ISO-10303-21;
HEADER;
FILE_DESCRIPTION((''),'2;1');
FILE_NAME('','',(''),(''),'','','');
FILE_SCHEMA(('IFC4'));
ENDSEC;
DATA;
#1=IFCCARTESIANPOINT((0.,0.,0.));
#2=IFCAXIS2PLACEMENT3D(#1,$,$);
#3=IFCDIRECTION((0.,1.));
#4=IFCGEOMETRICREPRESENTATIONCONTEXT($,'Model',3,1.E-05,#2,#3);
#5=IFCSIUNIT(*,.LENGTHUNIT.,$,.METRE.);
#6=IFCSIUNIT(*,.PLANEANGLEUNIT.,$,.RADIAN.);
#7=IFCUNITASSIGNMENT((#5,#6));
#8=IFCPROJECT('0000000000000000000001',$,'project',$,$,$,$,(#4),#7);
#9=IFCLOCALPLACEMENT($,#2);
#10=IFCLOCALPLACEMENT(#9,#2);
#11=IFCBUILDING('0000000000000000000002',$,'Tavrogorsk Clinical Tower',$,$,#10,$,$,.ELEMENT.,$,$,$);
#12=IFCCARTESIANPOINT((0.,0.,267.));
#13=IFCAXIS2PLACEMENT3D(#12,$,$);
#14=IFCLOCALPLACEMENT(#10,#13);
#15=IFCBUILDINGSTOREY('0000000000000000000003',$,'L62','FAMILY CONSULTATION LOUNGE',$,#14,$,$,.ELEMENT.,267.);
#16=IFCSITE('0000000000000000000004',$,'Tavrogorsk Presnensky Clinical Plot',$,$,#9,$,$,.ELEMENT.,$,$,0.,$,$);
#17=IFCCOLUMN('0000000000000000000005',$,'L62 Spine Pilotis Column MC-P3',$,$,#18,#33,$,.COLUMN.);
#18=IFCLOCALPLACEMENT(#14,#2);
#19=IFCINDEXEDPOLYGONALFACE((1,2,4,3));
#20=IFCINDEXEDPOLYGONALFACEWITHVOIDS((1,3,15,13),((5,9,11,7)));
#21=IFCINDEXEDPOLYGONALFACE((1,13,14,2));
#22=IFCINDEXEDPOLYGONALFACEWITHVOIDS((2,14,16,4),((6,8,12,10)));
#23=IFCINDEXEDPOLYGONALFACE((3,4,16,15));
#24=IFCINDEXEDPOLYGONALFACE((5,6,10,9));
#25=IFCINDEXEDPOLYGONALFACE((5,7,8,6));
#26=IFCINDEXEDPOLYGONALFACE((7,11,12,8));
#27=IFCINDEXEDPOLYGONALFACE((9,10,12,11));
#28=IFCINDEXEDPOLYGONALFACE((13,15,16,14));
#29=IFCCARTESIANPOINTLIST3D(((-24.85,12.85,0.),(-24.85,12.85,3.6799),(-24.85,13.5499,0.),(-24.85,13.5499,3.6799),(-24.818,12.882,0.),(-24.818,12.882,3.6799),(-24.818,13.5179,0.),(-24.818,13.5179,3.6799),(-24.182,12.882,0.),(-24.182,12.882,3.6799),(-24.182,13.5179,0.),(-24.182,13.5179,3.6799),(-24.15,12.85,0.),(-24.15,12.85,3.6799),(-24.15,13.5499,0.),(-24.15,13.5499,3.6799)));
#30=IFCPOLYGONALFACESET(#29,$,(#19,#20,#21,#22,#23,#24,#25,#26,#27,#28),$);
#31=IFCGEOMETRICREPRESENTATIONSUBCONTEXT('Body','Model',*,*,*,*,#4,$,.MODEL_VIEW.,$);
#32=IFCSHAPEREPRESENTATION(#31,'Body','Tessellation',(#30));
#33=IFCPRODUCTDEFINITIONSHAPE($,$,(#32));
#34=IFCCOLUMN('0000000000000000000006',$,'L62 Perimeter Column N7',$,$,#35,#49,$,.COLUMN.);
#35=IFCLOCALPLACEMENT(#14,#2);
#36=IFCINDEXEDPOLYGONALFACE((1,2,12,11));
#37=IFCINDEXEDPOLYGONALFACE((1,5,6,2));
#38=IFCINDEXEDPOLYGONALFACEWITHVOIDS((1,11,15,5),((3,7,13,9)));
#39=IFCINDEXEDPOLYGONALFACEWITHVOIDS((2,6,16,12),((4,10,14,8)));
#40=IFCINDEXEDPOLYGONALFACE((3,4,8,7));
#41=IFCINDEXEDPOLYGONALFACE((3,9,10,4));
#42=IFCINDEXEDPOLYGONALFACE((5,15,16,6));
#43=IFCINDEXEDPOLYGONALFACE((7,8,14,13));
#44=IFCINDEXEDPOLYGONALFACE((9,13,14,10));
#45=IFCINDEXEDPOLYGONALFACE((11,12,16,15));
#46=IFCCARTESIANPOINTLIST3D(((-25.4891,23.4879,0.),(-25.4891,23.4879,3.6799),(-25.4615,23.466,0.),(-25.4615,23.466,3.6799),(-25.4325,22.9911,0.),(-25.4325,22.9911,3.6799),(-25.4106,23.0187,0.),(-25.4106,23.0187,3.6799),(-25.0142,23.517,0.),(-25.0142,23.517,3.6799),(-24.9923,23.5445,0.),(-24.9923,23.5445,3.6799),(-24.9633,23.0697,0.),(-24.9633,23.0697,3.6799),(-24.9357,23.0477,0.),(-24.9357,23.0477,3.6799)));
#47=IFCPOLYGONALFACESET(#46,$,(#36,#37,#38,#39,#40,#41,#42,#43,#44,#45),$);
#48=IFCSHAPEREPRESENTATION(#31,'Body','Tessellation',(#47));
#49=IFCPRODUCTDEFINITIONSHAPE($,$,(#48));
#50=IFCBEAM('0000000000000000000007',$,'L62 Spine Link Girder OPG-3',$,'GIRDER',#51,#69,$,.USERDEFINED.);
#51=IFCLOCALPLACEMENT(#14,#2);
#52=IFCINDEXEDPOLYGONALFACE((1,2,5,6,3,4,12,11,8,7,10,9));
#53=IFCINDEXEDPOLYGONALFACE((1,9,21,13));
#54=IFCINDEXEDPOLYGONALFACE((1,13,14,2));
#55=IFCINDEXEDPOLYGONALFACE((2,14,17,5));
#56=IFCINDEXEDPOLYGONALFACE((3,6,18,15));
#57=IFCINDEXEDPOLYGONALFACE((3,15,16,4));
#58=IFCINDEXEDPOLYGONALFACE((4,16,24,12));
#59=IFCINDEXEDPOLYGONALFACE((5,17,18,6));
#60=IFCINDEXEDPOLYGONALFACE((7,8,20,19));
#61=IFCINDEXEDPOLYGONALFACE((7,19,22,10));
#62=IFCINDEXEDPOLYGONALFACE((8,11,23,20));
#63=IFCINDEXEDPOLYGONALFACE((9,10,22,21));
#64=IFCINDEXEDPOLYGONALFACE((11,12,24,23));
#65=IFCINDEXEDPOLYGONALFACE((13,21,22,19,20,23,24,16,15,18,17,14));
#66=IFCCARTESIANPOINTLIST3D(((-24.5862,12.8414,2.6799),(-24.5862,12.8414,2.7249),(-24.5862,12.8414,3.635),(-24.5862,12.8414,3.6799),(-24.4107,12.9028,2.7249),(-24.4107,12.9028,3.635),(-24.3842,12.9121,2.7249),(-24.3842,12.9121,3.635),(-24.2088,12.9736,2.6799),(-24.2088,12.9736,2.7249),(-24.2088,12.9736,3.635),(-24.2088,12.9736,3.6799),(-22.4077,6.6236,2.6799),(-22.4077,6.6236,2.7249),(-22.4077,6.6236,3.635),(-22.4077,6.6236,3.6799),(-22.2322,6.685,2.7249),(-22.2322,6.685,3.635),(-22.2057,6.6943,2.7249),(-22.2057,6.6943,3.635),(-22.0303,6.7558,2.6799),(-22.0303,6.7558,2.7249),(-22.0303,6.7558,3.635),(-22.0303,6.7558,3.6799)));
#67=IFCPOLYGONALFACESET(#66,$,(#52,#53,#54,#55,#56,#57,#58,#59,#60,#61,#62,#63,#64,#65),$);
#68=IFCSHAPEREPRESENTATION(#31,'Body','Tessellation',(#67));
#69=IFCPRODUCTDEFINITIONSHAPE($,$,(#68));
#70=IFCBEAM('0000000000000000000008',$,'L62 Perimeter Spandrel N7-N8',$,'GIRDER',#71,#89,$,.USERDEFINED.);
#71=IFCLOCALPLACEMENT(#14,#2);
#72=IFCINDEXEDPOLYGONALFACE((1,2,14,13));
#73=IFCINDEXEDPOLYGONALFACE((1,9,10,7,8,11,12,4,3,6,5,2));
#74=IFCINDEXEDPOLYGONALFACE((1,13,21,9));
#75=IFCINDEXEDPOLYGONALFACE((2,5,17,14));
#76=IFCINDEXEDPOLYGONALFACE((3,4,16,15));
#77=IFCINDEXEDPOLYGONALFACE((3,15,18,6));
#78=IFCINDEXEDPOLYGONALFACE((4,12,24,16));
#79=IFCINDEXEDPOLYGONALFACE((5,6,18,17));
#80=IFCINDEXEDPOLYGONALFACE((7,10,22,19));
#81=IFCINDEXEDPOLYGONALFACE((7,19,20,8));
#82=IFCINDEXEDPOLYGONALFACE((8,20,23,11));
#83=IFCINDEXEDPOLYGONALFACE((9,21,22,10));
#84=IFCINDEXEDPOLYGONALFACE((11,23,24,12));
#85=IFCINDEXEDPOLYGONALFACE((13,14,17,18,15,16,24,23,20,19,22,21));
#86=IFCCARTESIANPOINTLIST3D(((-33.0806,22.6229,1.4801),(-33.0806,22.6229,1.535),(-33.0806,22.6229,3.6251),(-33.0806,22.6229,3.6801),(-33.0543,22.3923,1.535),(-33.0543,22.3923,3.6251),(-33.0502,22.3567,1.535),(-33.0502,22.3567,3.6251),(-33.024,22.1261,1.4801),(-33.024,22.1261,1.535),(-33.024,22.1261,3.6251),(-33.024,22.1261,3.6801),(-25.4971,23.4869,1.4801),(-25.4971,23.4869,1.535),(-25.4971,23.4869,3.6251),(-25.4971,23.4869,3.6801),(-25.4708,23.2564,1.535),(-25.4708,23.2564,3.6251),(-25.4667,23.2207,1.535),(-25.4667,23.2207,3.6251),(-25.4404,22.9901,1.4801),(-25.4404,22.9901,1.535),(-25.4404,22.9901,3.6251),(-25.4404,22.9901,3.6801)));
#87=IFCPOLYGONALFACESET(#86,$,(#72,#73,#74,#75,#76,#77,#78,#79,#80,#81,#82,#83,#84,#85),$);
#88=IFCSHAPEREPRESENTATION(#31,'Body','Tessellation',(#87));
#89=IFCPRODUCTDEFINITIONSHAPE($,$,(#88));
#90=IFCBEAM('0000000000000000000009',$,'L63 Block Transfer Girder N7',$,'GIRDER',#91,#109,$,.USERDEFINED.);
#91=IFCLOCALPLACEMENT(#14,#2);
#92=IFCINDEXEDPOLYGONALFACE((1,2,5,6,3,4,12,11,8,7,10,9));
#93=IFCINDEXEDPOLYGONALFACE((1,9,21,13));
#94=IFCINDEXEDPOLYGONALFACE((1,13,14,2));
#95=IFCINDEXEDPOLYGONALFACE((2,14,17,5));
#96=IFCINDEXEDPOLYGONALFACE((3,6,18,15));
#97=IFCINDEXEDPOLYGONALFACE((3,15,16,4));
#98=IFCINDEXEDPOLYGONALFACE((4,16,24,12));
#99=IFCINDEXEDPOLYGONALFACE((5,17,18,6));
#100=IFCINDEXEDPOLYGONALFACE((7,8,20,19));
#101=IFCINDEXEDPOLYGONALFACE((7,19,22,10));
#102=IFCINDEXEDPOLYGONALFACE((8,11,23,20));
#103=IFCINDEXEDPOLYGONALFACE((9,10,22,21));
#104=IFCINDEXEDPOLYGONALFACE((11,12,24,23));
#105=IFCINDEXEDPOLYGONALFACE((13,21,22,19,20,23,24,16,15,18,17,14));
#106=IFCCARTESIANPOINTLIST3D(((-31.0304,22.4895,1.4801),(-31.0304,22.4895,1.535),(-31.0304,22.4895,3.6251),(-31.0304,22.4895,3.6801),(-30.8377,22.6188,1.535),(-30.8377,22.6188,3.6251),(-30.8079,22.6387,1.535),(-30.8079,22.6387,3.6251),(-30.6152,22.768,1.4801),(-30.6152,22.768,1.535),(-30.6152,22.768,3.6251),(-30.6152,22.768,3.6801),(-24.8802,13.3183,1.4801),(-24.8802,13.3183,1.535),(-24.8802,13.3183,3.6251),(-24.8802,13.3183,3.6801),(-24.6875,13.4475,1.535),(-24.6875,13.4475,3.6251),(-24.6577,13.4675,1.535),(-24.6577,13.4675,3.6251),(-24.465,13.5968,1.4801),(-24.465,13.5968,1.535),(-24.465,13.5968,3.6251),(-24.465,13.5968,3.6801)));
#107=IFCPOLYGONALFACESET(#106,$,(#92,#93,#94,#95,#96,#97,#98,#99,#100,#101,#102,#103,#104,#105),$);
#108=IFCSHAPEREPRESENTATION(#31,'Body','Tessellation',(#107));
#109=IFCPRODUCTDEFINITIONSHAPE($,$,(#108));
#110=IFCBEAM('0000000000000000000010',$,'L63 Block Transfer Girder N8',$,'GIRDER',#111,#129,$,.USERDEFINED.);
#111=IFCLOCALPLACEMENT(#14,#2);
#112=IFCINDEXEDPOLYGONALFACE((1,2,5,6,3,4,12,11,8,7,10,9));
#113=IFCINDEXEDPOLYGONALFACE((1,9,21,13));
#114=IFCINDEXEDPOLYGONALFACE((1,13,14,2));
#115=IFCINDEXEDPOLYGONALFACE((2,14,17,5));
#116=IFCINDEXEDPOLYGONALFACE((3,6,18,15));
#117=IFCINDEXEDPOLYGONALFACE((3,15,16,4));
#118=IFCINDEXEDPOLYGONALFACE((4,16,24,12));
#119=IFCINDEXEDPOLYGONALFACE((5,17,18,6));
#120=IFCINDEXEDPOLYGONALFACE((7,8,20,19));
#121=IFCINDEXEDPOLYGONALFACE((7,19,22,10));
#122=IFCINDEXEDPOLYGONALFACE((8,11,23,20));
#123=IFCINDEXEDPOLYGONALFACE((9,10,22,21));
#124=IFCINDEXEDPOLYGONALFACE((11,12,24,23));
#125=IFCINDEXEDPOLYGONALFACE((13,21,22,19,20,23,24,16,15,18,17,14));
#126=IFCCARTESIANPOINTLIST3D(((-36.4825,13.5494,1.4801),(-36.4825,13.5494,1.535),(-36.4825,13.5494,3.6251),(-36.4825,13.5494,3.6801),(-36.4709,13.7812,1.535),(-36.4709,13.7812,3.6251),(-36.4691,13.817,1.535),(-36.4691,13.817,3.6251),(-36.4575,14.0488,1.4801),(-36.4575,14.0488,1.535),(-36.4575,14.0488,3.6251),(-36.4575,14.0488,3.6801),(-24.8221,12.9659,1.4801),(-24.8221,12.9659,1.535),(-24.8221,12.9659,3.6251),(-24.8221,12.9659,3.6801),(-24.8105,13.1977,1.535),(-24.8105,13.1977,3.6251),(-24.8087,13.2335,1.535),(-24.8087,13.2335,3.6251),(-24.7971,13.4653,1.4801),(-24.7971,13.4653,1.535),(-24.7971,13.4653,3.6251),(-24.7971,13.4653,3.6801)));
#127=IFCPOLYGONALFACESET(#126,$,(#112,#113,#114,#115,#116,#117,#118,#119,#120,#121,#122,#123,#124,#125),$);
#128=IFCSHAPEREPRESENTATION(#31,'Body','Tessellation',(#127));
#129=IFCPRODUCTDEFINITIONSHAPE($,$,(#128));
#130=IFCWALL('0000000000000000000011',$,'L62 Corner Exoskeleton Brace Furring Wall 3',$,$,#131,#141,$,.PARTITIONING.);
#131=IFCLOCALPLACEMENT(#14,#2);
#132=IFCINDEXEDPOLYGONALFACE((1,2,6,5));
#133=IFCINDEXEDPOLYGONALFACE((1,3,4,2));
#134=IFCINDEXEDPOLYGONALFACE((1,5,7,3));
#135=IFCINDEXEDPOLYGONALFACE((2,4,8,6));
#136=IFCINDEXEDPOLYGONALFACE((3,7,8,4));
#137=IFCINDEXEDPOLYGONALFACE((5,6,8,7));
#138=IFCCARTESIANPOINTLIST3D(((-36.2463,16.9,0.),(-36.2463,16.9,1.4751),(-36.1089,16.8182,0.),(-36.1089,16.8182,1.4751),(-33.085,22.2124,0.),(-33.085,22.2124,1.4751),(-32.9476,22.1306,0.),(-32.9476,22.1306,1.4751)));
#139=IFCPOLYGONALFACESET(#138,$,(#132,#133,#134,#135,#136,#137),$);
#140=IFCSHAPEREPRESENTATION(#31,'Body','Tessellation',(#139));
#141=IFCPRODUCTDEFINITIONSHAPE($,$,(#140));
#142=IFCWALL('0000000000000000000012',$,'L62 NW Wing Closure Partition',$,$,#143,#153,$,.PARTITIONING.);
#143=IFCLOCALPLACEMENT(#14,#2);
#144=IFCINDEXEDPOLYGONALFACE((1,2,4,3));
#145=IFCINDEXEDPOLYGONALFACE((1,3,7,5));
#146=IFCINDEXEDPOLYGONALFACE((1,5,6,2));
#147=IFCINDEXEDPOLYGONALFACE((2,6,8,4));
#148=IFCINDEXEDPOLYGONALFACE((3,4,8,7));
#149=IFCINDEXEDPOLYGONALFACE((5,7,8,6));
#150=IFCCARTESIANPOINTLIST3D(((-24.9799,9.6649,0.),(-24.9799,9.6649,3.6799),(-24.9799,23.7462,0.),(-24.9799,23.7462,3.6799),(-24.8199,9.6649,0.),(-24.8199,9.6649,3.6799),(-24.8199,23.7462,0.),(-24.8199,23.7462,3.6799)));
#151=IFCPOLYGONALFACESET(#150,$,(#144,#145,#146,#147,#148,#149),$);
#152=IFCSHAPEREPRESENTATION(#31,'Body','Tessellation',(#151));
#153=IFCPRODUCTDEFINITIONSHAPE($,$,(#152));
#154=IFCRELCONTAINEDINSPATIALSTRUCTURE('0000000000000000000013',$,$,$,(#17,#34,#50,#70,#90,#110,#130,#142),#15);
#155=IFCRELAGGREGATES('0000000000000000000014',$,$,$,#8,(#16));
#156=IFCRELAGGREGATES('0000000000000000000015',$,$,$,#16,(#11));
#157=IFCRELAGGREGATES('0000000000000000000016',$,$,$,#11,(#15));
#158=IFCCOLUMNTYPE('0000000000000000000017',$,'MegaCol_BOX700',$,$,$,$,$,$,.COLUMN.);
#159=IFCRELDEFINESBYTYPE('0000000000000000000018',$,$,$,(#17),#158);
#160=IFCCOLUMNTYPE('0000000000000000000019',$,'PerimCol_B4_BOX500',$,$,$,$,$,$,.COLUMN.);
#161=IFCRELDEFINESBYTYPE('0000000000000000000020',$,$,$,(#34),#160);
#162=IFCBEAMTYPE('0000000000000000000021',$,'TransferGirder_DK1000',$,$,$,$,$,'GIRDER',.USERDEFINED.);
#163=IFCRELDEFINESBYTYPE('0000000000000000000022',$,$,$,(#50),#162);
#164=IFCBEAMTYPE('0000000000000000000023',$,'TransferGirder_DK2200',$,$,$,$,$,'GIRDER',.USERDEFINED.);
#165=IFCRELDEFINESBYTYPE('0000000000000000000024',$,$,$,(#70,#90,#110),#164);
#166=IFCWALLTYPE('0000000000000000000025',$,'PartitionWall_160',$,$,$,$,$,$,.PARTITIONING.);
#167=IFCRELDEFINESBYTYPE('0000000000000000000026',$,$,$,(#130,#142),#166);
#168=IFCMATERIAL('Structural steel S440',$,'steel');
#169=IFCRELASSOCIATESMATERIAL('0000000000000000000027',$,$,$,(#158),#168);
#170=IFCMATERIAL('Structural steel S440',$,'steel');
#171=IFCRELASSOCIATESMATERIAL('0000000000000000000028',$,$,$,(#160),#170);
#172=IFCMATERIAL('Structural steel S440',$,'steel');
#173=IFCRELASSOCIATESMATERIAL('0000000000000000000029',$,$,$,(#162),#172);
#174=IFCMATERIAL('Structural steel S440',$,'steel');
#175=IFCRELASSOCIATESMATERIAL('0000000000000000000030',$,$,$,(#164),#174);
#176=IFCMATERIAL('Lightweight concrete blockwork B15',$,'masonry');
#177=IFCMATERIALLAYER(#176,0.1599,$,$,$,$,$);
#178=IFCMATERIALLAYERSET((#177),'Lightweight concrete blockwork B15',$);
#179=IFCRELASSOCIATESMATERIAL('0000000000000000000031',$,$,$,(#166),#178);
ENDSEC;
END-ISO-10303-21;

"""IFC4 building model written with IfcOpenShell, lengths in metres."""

from ifc_helpers import new_model, si_unit, direction, frame, frame_2d, origin, origin_2d, place, context, subcontext, project, spatial, rectangle, hollow_rectangle, i_section, extrude, material, layer, layer_set, material_profile, profile_set, type_object, element, save


model = new_model("IFC4")

# Units and contexts
model_context = context("Model", 3, precision=1e-05, world=origin(), true_north=direction((0.0, 1.0)))
body_context = subcontext(model_context, "Body", "Model", "MODEL_VIEW")
ifc_project = project(units=[si_unit("LENGTHUNIT", "METRE"), si_unit("PLANEANGLEUNIT", "RADIAN")], contexts=[model_context])

# Site, building, storey
site_placement = place(None, origin())
site = spatial("IfcSite", under=ifc_project, at=site_placement, Name="Tavrogorsk Presnensky Clinical Plot", CompositionType="ELEMENT", RefElevation=0.0)
building_placement = place(site_placement, origin())
building = spatial("IfcBuilding", under=site, at=building_placement, Name="Tavrogorsk Clinical Tower", CompositionType="ELEMENT")
storey_placement = place(building_placement, frame((0.0, 0.0, 267.0)))
storey = spatial("IfcBuildingStorey", under=building, at=storey_placement, Name="L62", Description="FAMILY CONSULTATION LOUNGE", CompositionType="ELEMENT", Elevation=267.0)

# Columns
ifc_material_1 = material(Name="Structural steel S440", Category="steel")
ifc_material_profile_1 = material_profile(ifc_material_1, hollow_rectangle(XDim=0.7, YDim=0.7, WallThickness=0.032, at=origin_2d()), Name="BOX-700x700x32")
ifc_profile_set_1 = profile_set([ifc_material_profile_1], Name="Structural steel S440")
column_type_1 = type_object("IfcColumnType", Name="MegaCol_BOX700", PredefinedType="COLUMN", material=ifc_profile_set_1)
column_1_placement = place(storey_placement, frame((-24.5, 13.2, 0.0), z_axis=(0.0, 0.0, 1.0), x_axis=(1.0, 0.0, 0.0)))
element("IfcColumn", 1, at=column_1_placement, inside=storey, type_object=column_type_1, Name="L62 Spine Pilotis Column MC-P3", PredefinedType="COLUMN", context=body_context, shape_type="SweptSolid", body=[
    extrude(hollow_rectangle(XDim=0.7, YDim=0.7, WallThickness=0.032, at=origin_2d()), origin(), (0.0, 0.0, 1.0), 3.6799),
])
ifc_material_2 = material(Name="Structural steel S440", Category="steel")
ifc_material_profile_2 = material_profile(ifc_material_2, hollow_rectangle(XDim=0.5, YDim=0.5, WallThickness=0.0249, at=origin_2d()), Name="BOX-500x500x25")
ifc_profile_set_2 = profile_set([ifc_material_profile_2], Name="Structural steel S440")
column_type_2 = type_object("IfcColumnType", Name="PerimCol_B4_BOX500", PredefinedType="COLUMN", material=ifc_profile_set_2)
column_2_placement = place(storey_placement, frame((-25.2124, 23.2678, 0.0), z_axis=(0.0, 0.0, 1.0), x_axis=(0.993572, 0.113203, 0.0)))
element("IfcColumn", 2, at=column_2_placement, inside=storey, type_object=column_type_2, Name="L62 Perimeter Column N7", PredefinedType="COLUMN", context=body_context, shape_type="SweptSolid", body=[
    extrude(hollow_rectangle(XDim=0.5, YDim=0.5, WallThickness=0.0249, at=origin_2d()), origin(), (0.0, 0.0, 1.0), 3.6799),
])

# Beams
ifc_material_3 = material(Name="Structural steel S440", Category="steel")
ifc_material_profile_3 = material_profile(ifc_material_3, i_section(OverallWidth=0.3999, OverallDepth=1.0, WebThickness=0.0281, FlangeThickness=0.0449, at=origin_2d()), Name="DK-1000x400x28x45")
ifc_profile_set_3 = profile_set([ifc_material_profile_3], Name="Structural steel S440")
beam_type_1 = type_object("IfcBeamType", Name="TransferGirder_DK1000", ElementType="GIRDER", PredefinedType="USERDEFINED", material=ifc_profile_set_3)
beam_1_placement = place(storey_placement, frame((-24.3975, 12.9075, 3.1799), z_axis=(0.330654, -0.943752, 0.0), x_axis=(0.943752, 0.330654, 0.0)))
element("IfcBeam", 3, at=beam_1_placement, inside=storey, type_object=beam_type_1, Name="L62 Spine Link Girder OPG-3", ObjectType="GIRDER", PredefinedType="USERDEFINED", context=body_context, shape_type="SweptSolid", body=[
    extrude(i_section(OverallWidth=0.3999, OverallDepth=1.0, WebThickness=0.0281, FlangeThickness=0.0449, at=origin_2d()), origin(), (0.0, 0.0, 1.0), 6.5884),
])
ifc_material_4 = material(Name="Structural steel S440", Category="steel")
ifc_material_profile_4 = material_profile(ifc_material_4, i_section(OverallWidth=0.5, OverallDepth=2.2, WebThickness=0.0359, FlangeThickness=0.0549, at=origin_2d()), Name="DK-2200x500x36x55")
ifc_profile_set_4 = profile_set([ifc_material_profile_4], Name="Structural steel S440")
beam_type_2 = type_object("IfcBeamType", Name="TransferGirder_DK2200", ElementType="GIRDER", PredefinedType="USERDEFINED", material=ifc_profile_set_4)
beam_2_placement = place(storey_placement, frame((-25.4688, 23.2385, 2.5801), z_axis=(-0.993572, -0.113201, 0.0), x_axis=(0.113201, -0.993572, 0.0)))
element("IfcBeam", 4, at=beam_2_placement, inside=storey, type_object=beam_type_2, Name="L62 Perimeter Spandrel N7-N8", ObjectType="GIRDER", PredefinedType="USERDEFINED", context=body_context, shape_type="SweptSolid", body=[
    extrude(i_section(OverallWidth=0.5, OverallDepth=2.2, WebThickness=0.0359, FlangeThickness=0.0549, at=origin_2d()), origin(), (0.0, 0.0, 1.0), 7.6326),
])
beam_3_placement = place(storey_placement, frame((-24.6726, 13.4575, 2.5801), z_axis=(-0.556958, 0.83054, 0.0), x_axis=(-0.83054, -0.556958, 0.0)))
element("IfcBeam", 5, at=beam_3_placement, inside=storey, type_object=beam_type_2, Name="L63 Block Transfer Girder N7", ObjectType="GIRDER", PredefinedType="USERDEFINED", context=body_context, shape_type="SweptSolid", body=[
    extrude(i_section(OverallWidth=0.5, OverallDepth=2.2, WebThickness=0.0359, FlangeThickness=0.0549, at=origin_2d()), origin(), (0.0, 0.0, 1.0), 11.0425),
])
beam_4_placement = place(storey_placement, frame((-24.8096, 13.2156, 2.5801), z_axis=(-0.99875, 0.049978, 0.0), x_axis=(-0.049978, -0.99875, 0.0)))
element("IfcBeam", 6, at=beam_4_placement, inside=storey, type_object=beam_type_2, Name="L63 Block Transfer Girder N8", ObjectType="GIRDER", PredefinedType="USERDEFINED", context=body_context, shape_type="SweptSolid", body=[
    extrude(i_section(OverallWidth=0.5, OverallDepth=2.2, WebThickness=0.0359, FlangeThickness=0.0549, at=origin_2d()), origin(), (0.0, 0.0, 1.0), 11.675),
])

# Wall
ifc_material_5 = material(Name="Lightweight concrete blockwork B15", Category="masonry")
ifc_layer = layer(ifc_material_5, 0.1599)
ifc_layer_set = layer_set([ifc_layer], Name="Lightweight concrete blockwork B15")
wall_type = type_object("IfcWallType", Name="PartitionWall_160", PredefinedType="PARTITIONING", material=ifc_layer_set)
wall_1_placement = place(storey_placement, frame((-33.0164, 22.1714, 0.0), z_axis=(0.0, 0.0, 1.0), x_axis=(-0.511385, -0.859352, 0.0)))
element("IfcWall", 7, at=wall_1_placement, inside=storey, type_object=wall_type, Name="L62 Corner Exoskeleton Brace Furring Wall 3", PredefinedType="PARTITIONING", context=body_context, shape_type="SweptSolid", body=[
    extrude(rectangle(XDim=6.1819, YDim=0.1599, at=frame_2d((3.0908, 0.0))), origin(), (0.0, 0.0, 1.0), 1.4751),
])

# Wall
wall_2_placement = place(storey_placement, frame((-24.8999, 9.665, 0.0), z_axis=(0.0, 0.0, 1.0), x_axis=(0.0, 1.0, 0.0)))
element("IfcWall", 8, at=wall_2_placement, inside=storey, type_object=wall_type, Name="L62 NW Wing Closure Partition", PredefinedType="PARTITIONING", context=body_context, shape_type="SweptSolid", body=[
    extrude(rectangle(XDim=14.0813, YDim=0.1599, at=frame_2d((7.0405, 0.0))), origin(), (0.0, 0.0, 1.0), 3.6799),
])

save(model, "model.ifc")
